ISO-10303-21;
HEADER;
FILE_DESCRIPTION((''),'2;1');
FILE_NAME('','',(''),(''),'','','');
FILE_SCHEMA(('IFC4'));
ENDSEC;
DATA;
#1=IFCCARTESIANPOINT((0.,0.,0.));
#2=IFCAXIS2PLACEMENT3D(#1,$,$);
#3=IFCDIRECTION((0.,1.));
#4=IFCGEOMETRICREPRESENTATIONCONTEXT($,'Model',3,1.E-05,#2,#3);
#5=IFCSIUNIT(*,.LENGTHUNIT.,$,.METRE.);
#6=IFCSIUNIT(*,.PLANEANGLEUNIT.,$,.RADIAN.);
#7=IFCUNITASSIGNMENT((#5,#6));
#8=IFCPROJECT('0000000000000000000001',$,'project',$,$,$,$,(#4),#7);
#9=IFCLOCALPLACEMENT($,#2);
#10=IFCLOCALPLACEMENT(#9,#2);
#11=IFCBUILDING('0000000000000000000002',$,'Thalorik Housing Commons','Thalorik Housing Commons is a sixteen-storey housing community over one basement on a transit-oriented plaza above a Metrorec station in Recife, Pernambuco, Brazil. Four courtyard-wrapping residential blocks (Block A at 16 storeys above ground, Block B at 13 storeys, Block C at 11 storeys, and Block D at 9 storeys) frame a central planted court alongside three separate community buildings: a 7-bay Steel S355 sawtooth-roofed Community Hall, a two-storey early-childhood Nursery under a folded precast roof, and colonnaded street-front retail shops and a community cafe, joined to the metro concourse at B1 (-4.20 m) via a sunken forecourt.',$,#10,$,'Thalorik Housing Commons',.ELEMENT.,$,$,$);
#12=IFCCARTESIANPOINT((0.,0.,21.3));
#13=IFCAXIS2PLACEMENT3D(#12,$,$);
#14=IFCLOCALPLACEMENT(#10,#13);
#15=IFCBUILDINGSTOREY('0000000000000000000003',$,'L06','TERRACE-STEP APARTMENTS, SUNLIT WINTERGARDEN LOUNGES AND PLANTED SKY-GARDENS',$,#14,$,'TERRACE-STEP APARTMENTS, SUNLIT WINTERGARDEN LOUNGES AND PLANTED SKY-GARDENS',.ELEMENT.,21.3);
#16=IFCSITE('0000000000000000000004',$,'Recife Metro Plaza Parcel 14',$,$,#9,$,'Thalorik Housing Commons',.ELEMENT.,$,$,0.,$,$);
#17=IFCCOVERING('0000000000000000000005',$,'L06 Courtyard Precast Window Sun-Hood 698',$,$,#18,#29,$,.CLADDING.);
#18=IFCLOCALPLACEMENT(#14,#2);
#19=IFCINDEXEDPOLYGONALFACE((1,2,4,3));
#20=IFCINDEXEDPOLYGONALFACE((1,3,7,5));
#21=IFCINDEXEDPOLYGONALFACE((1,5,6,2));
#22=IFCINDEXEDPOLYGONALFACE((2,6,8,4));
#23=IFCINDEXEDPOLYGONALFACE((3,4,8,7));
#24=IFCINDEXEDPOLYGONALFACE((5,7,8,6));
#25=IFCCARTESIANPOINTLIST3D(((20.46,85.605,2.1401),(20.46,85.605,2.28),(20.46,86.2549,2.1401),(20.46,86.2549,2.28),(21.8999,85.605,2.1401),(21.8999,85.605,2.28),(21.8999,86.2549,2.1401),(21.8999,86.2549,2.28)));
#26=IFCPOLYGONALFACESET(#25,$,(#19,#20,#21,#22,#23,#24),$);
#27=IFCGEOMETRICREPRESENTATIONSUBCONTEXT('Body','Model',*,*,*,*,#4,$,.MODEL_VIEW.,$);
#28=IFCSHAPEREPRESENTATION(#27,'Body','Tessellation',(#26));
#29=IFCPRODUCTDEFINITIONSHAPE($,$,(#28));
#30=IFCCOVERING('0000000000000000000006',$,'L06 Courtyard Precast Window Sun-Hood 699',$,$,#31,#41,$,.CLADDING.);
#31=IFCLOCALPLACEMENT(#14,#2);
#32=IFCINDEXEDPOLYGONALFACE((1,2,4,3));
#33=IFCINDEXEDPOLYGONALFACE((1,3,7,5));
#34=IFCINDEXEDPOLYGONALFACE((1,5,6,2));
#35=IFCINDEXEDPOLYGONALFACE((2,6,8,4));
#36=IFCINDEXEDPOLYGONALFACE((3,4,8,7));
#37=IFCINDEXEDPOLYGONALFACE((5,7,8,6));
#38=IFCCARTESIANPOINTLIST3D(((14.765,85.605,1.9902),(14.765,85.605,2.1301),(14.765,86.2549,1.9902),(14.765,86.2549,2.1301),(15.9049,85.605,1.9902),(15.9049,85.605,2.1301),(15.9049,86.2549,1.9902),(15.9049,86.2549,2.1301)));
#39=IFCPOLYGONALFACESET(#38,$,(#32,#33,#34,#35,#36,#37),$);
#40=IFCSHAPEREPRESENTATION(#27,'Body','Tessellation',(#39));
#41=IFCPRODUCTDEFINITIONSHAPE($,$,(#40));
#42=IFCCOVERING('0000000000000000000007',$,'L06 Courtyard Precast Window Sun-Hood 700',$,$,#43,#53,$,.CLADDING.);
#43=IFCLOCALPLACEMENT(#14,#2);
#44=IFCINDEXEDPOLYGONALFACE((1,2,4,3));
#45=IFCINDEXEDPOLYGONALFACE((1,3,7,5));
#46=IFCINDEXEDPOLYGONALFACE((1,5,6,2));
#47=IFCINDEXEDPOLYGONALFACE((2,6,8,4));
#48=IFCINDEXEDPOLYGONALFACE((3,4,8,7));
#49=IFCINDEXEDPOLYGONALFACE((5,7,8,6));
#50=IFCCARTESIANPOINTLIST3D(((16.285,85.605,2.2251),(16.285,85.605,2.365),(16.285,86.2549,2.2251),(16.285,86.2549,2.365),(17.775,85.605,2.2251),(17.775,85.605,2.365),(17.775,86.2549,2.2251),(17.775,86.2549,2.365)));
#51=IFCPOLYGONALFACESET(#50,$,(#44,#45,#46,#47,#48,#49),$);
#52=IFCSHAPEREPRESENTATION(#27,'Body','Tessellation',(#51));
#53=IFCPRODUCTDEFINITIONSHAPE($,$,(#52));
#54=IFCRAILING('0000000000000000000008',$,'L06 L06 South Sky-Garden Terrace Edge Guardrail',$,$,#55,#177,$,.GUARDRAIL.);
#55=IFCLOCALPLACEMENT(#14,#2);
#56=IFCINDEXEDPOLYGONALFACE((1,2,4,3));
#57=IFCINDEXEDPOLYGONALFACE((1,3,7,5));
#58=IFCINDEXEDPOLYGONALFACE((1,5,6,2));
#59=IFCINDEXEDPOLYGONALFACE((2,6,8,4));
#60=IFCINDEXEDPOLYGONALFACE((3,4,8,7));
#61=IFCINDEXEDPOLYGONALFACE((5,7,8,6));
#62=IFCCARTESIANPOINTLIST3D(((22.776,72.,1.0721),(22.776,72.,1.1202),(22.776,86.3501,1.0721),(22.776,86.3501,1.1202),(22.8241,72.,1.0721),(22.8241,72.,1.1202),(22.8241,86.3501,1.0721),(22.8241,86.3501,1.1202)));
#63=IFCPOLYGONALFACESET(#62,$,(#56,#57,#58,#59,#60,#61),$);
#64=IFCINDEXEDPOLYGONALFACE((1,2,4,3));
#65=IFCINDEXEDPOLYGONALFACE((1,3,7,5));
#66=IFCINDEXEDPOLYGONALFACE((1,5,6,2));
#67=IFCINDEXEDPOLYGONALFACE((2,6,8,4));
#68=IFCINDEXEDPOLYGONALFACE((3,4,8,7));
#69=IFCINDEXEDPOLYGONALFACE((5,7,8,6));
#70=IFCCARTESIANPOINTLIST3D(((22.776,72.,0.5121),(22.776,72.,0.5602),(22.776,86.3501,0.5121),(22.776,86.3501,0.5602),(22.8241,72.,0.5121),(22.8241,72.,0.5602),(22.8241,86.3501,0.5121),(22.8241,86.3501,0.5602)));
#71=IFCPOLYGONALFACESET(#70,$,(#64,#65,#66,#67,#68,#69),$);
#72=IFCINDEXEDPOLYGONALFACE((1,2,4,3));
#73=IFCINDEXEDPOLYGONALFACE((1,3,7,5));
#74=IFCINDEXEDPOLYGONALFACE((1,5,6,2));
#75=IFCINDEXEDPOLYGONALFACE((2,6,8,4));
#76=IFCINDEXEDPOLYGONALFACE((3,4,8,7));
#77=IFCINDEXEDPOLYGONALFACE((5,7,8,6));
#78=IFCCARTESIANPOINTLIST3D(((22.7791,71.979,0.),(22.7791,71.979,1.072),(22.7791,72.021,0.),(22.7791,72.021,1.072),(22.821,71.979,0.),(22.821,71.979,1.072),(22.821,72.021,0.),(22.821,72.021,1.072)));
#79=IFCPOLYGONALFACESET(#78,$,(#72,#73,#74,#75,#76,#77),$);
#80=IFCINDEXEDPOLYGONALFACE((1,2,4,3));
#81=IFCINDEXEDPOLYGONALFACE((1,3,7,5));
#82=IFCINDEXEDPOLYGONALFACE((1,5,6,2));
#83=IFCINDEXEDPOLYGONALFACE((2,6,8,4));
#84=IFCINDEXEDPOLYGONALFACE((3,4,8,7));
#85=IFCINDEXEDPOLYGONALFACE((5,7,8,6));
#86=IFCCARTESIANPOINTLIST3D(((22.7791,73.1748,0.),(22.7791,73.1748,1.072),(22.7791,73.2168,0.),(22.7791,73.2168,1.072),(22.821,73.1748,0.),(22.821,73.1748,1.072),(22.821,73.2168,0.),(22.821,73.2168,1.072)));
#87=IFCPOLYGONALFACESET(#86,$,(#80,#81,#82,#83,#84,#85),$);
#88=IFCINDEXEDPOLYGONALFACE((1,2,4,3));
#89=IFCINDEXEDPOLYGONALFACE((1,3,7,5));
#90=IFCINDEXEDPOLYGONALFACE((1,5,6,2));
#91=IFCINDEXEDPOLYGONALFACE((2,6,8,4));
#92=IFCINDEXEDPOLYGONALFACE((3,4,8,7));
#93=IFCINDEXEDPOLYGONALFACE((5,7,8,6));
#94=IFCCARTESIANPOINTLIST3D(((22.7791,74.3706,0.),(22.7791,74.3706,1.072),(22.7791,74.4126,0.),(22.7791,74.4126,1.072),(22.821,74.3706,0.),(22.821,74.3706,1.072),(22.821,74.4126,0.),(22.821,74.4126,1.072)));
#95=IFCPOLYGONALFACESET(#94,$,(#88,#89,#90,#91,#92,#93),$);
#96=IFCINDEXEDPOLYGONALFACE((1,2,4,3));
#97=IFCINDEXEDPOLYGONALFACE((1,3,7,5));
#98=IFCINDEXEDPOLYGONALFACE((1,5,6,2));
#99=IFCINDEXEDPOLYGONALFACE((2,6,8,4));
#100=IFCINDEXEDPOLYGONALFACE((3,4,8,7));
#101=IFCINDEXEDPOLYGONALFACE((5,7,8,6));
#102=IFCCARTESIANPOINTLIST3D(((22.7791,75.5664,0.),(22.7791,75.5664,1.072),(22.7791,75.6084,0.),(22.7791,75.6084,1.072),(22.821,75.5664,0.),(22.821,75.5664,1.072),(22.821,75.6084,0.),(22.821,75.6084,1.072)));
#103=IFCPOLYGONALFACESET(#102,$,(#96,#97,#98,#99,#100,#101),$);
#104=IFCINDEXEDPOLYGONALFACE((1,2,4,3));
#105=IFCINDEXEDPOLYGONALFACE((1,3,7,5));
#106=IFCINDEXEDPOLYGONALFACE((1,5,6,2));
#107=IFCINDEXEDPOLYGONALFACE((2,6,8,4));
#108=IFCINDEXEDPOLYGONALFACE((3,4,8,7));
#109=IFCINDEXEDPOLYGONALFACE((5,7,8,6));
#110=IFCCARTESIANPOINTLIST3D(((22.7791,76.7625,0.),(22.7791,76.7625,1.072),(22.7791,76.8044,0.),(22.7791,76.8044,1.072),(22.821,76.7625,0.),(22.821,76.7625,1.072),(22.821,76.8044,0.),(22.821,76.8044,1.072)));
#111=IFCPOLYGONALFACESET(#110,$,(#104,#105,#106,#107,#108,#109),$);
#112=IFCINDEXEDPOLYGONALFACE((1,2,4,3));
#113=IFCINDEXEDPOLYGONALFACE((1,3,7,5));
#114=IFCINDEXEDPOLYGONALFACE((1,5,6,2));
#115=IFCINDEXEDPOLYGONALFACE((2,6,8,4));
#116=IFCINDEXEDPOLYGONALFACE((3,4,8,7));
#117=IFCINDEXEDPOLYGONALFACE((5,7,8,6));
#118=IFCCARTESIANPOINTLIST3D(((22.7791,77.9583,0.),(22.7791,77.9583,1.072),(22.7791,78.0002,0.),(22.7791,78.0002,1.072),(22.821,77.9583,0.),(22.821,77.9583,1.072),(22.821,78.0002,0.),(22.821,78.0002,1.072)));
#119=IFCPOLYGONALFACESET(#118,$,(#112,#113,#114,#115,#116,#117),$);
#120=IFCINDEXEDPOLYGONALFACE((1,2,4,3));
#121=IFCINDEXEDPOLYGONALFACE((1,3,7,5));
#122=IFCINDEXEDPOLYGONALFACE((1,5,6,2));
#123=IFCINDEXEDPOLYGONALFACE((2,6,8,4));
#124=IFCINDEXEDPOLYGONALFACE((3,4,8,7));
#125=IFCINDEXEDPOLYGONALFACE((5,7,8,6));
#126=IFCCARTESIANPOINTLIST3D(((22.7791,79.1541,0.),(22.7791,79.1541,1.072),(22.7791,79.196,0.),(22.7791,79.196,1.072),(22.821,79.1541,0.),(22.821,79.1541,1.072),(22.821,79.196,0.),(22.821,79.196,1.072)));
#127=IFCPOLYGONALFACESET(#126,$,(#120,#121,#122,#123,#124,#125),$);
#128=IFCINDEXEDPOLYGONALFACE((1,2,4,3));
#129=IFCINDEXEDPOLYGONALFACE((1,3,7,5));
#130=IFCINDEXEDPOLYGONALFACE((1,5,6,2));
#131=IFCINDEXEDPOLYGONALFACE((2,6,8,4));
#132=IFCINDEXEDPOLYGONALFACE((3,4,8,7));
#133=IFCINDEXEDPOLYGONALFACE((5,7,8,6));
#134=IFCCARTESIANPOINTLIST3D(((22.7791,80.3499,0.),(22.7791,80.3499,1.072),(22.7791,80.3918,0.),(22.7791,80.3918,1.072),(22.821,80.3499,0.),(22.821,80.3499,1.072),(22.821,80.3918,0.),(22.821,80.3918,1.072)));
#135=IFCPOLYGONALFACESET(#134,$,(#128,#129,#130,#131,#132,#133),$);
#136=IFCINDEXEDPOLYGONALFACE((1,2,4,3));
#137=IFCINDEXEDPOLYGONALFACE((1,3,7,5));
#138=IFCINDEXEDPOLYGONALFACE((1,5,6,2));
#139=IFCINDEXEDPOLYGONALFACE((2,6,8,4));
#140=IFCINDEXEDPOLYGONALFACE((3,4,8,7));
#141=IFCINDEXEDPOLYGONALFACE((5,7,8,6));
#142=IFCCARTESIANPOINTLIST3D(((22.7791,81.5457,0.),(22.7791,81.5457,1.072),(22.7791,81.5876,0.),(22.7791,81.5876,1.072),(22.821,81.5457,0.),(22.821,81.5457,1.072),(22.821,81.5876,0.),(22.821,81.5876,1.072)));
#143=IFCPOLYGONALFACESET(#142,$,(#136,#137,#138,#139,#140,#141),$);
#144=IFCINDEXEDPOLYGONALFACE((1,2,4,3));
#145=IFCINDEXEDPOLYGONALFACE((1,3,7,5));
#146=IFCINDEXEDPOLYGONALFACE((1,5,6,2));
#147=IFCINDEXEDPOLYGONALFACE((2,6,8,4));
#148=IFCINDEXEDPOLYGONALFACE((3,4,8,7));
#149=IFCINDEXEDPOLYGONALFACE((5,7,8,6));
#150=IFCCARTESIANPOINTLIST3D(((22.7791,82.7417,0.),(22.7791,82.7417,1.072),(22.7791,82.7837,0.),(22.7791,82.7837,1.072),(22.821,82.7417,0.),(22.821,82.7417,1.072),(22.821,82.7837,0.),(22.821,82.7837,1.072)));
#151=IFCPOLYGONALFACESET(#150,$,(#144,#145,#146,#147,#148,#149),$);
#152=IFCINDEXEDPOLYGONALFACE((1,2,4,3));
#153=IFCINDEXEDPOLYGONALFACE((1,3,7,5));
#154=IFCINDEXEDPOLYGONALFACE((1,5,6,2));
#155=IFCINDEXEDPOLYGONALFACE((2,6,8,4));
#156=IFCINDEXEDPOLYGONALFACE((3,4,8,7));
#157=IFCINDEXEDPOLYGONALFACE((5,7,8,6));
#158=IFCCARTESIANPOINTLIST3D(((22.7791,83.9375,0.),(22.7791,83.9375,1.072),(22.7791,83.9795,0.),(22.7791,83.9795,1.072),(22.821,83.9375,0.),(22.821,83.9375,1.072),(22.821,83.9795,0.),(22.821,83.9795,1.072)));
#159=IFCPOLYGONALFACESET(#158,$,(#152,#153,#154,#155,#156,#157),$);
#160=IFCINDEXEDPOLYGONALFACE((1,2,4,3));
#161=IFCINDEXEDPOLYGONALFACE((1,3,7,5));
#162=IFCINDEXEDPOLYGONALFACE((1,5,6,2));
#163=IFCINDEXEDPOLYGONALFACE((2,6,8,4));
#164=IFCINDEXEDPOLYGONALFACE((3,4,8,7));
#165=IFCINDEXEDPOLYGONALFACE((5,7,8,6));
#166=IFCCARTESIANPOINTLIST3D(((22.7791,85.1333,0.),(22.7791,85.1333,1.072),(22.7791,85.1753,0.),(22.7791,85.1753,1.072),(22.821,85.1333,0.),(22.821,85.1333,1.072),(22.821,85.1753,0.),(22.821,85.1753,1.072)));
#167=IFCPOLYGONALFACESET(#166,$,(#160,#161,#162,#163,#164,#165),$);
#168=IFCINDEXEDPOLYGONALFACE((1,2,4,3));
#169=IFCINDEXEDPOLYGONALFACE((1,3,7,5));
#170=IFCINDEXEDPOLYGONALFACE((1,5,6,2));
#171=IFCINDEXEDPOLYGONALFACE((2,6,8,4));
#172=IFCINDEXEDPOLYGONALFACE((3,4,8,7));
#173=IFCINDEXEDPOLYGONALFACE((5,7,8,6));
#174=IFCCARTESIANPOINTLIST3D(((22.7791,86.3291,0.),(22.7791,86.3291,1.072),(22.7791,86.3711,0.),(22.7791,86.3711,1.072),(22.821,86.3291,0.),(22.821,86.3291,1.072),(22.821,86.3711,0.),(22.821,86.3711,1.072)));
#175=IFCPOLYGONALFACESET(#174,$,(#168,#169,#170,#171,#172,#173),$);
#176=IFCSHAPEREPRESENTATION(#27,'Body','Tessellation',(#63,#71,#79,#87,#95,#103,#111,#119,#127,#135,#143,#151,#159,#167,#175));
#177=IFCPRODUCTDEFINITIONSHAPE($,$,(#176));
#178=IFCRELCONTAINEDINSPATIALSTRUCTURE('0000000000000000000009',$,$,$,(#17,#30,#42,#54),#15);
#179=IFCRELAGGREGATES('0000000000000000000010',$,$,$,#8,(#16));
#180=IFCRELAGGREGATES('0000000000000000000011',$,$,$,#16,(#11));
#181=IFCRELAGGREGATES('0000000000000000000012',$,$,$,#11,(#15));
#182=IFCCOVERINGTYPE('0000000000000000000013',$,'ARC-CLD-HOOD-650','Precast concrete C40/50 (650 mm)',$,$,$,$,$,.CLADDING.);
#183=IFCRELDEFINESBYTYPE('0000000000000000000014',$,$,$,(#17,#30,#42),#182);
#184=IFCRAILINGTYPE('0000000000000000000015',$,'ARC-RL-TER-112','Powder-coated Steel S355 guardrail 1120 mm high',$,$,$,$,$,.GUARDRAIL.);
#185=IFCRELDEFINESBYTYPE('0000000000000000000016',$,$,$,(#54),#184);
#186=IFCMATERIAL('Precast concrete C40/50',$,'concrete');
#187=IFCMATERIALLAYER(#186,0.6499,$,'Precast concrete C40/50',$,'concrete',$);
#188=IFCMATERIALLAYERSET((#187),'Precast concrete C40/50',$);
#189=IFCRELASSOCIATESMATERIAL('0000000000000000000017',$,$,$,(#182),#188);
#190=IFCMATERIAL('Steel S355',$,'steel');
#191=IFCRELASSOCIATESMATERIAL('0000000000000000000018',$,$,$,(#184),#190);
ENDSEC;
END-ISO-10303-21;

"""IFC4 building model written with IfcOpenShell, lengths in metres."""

from ifc_helpers import new_model, si_unit, direction, frame, origin, origin_2d, place, context, subcontext, project, spatial, rectangle, extrude, material, layer, layer_set, type_object, element, save


model = new_model("IFC4")

# Units and contexts
model_context = context("Model", 3, precision=1e-05, world=origin(), true_north=direction((0.0, 1.0)))
body_context = subcontext(model_context, "Body", "Model", "MODEL_VIEW")
ifc_project = project(units=[si_unit("LENGTHUNIT", "METRE"), si_unit("PLANEANGLEUNIT", "RADIAN")], contexts=[model_context])

# Site, building, storey
site_placement = place(None, origin())
site = spatial("IfcSite", under=ifc_project, at=site_placement, Name="Recife Metro Plaza Parcel 14", LongName="Thalorik Housing Commons", CompositionType="ELEMENT", RefElevation=0.0)
building_placement = place(site_placement, origin())
building = spatial("IfcBuilding", under=site, at=building_placement, Name="Thalorik Housing Commons", Description="Thalorik Housing Commons is a sixteen-storey housing community over one basement on a transit-oriented plaza above a Metrorec station in Recife, Pernambuco, Brazil. Four courtyard-wrapping residential blocks (Block A at 16 storeys above ground, Block B at 13 storeys, Block C at 11 storeys, and Block D at 9 storeys) frame a central planted court alongside three separate community buildings: a 7-bay Steel S355 sawtooth-roofed Community Hall, a two-storey early-childhood Nursery under a folded precast roof, and colonnaded street-front retail shops and a community cafe, joined to the metro concourse at B1 (-4.20 m) via a sunken forecourt.", LongName="Thalorik Housing Commons", CompositionType="ELEMENT")
storey_placement = place(building_placement, frame((0.0, 0.0, 21.3)))
storey = spatial("IfcBuildingStorey", under=building, at=storey_placement, Name="L06", Description="TERRACE-STEP APARTMENTS, SUNLIT WINTERGARDEN LOUNGES AND PLANTED SKY-GARDENS", LongName="TERRACE-STEP APARTMENTS, SUNLIT WINTERGARDEN LOUNGES AND PLANTED SKY-GARDENS", CompositionType="ELEMENT", Elevation=21.3)

# Shared definitions
ifc_material_1 = material(Name="Precast concrete C40/50", Category="concrete")

# Coverings
ifc_layer_1 = layer(ifc_material_1, 0.6499, Name="Precast concrete C40/50", Category="concrete")
ifc_layer_set_1 = layer_set([ifc_layer_1], Name="Precast concrete C40/50")
covering_type_1 = type_object("IfcCoveringType", Name="ARC-CLD-HOOD-650", Description="Precast concrete C40/50 (650 mm)", PredefinedType="CLADDING", material=ifc_layer_set_1)
covering_1_placement = place(storey_placement, frame((21.1799, 85.9299, 2.1401), z_axis=(0.0, 0.0, 1.0), x_axis=(1.0, 0.0, 0.0)))
element("IfcCovering", 1, at=covering_1_placement, inside=storey, type_object=covering_type_1, Name="L06 Courtyard Precast Window Sun-Hood 698", PredefinedType="CLADDING", context=body_context, shape_type="SweptSolid", body=[
    extrude(rectangle(XDim=1.4399, YDim=0.6499, at=origin_2d()), origin(), (0.0, 0.0, 1.0), 0.1399),
])
covering_2_placement = place(storey_placement, frame((15.335, 85.9299, 1.9902), z_axis=(0.0, 0.0, 1.0), x_axis=(1.0, 0.0, 0.0)))
element("IfcCovering", 2, at=covering_2_placement, inside=storey, type_object=covering_type_1, Name="L06 Courtyard Precast Window Sun-Hood 699", PredefinedType="CLADDING", context=body_context, shape_type="SweptSolid", body=[
    extrude(rectangle(XDim=1.1399, YDim=0.6499, at=origin_2d()), origin(), (0.0, 0.0, 1.0), 0.1399),
])
covering_3_placement = place(storey_placement, frame((17.03, 85.9299, 2.2251), z_axis=(0.0, 0.0, 1.0), x_axis=(1.0, 0.0, 0.0)))
element("IfcCovering", 3, at=covering_3_placement, inside=storey, type_object=covering_type_1, Name="L06 Courtyard Precast Window Sun-Hood 700", PredefinedType="CLADDING", context=body_context, shape_type="SweptSolid", body=[
    extrude(rectangle(XDim=1.49, YDim=0.6499, at=origin_2d()), origin(), (0.0, 0.0, 1.0), 0.1399),
])

# Railing
ifc_material_2 = material(Name="Steel S355", Category="steel")
railing_type_1 = type_object("IfcRailingType", Name="ARC-RL-TER-112", Description="Powder-coated Steel S355 guardrail 1120 mm high", PredefinedType="GUARDRAIL", material=ifc_material_2)
railing_1_placement = place(storey_placement, frame((22.8, 72.0, 0.0)))
element("IfcRailing", 4, at=railing_1_placement, inside=storey, type_object=railing_type_1, Name="L06 L06 South Sky-Garden Terrace Edge Guardrail", PredefinedType="GUARDRAIL", context=body_context, shape_type="SweptSolid", body=[
    extrude(rectangle(XDim=0.0481, YDim=0.0481, at=origin_2d()), frame((0.0, 0.0, 1.0962), z_axis=(0.0, 1.0, 0.0), x_axis=(-1.0, 0.0, 0.0)), (0.0, 0.0, 1.0), 14.3501),
    extrude(rectangle(XDim=0.0481, YDim=0.0481, at=origin_2d()), frame((0.0, 0.0, 0.5361), z_axis=(0.0, 1.0, 0.0), x_axis=(-1.0, 0.0, 0.0)), (0.0, 0.0, 1.0), 14.3501),
    extrude(rectangle(XDim=0.042, YDim=0.042, at=origin_2d()), origin(), (0.0, 0.0, 1.0), 1.072),
    extrude(rectangle(XDim=0.042, YDim=0.042, at=origin_2d()), frame((0.0, 1.1958, 0.0)), (0.0, 0.0, 1.0), 1.072),
    extrude(rectangle(XDim=0.042, YDim=0.042, at=origin_2d()), frame((0.0, 2.3916, 0.0)), (0.0, 0.0, 1.0), 1.072),
    extrude(rectangle(XDim=0.042, YDim=0.042, at=origin_2d()), frame((0.0, 3.5874, 0.0)), (0.0, 0.0, 1.0), 1.072),
    extrude(rectangle(XDim=0.042, YDim=0.042, at=origin_2d()), frame((0.0, 4.7834, 0.0)), (0.0, 0.0, 1.0), 1.072),
    extrude(rectangle(XDim=0.042, YDim=0.042, at=origin_2d()), frame((0.0, 5.9792, 0.0)), (0.0, 0.0, 1.0), 1.072),
    extrude(rectangle(XDim=0.042, YDim=0.042, at=origin_2d()), frame((0.0, 7.175, 0.0)), (0.0, 0.0, 1.0), 1.072),
    extrude(rectangle(XDim=0.042, YDim=0.042, at=origin_2d()), frame((0.0, 8.3708, 0.0)), (0.0, 0.0, 1.0), 1.072),
    extrude(rectangle(XDim=0.042, YDim=0.042, at=origin_2d()), frame((0.0, 9.5667, 0.0)), (0.0, 0.0, 1.0), 1.072),
    extrude(rectangle(XDim=0.042, YDim=0.042, at=origin_2d()), frame((0.0, 10.7627, 0.0)), (0.0, 0.0, 1.0), 1.072),
    extrude(rectangle(XDim=0.042, YDim=0.042, at=origin_2d()), frame((0.0, 11.9585, 0.0)), (0.0, 0.0, 1.0), 1.072),
    extrude(rectangle(XDim=0.042, YDim=0.042, at=origin_2d()), frame((0.0, 13.1543, 0.0)), (0.0, 0.0, 1.0), 1.072),
    extrude(rectangle(XDim=0.042, YDim=0.042, at=origin_2d()), frame((0.0, 14.3501, 0.0)), (0.0, 0.0, 1.0), 1.072),
])

save(model, "model.ifc")
